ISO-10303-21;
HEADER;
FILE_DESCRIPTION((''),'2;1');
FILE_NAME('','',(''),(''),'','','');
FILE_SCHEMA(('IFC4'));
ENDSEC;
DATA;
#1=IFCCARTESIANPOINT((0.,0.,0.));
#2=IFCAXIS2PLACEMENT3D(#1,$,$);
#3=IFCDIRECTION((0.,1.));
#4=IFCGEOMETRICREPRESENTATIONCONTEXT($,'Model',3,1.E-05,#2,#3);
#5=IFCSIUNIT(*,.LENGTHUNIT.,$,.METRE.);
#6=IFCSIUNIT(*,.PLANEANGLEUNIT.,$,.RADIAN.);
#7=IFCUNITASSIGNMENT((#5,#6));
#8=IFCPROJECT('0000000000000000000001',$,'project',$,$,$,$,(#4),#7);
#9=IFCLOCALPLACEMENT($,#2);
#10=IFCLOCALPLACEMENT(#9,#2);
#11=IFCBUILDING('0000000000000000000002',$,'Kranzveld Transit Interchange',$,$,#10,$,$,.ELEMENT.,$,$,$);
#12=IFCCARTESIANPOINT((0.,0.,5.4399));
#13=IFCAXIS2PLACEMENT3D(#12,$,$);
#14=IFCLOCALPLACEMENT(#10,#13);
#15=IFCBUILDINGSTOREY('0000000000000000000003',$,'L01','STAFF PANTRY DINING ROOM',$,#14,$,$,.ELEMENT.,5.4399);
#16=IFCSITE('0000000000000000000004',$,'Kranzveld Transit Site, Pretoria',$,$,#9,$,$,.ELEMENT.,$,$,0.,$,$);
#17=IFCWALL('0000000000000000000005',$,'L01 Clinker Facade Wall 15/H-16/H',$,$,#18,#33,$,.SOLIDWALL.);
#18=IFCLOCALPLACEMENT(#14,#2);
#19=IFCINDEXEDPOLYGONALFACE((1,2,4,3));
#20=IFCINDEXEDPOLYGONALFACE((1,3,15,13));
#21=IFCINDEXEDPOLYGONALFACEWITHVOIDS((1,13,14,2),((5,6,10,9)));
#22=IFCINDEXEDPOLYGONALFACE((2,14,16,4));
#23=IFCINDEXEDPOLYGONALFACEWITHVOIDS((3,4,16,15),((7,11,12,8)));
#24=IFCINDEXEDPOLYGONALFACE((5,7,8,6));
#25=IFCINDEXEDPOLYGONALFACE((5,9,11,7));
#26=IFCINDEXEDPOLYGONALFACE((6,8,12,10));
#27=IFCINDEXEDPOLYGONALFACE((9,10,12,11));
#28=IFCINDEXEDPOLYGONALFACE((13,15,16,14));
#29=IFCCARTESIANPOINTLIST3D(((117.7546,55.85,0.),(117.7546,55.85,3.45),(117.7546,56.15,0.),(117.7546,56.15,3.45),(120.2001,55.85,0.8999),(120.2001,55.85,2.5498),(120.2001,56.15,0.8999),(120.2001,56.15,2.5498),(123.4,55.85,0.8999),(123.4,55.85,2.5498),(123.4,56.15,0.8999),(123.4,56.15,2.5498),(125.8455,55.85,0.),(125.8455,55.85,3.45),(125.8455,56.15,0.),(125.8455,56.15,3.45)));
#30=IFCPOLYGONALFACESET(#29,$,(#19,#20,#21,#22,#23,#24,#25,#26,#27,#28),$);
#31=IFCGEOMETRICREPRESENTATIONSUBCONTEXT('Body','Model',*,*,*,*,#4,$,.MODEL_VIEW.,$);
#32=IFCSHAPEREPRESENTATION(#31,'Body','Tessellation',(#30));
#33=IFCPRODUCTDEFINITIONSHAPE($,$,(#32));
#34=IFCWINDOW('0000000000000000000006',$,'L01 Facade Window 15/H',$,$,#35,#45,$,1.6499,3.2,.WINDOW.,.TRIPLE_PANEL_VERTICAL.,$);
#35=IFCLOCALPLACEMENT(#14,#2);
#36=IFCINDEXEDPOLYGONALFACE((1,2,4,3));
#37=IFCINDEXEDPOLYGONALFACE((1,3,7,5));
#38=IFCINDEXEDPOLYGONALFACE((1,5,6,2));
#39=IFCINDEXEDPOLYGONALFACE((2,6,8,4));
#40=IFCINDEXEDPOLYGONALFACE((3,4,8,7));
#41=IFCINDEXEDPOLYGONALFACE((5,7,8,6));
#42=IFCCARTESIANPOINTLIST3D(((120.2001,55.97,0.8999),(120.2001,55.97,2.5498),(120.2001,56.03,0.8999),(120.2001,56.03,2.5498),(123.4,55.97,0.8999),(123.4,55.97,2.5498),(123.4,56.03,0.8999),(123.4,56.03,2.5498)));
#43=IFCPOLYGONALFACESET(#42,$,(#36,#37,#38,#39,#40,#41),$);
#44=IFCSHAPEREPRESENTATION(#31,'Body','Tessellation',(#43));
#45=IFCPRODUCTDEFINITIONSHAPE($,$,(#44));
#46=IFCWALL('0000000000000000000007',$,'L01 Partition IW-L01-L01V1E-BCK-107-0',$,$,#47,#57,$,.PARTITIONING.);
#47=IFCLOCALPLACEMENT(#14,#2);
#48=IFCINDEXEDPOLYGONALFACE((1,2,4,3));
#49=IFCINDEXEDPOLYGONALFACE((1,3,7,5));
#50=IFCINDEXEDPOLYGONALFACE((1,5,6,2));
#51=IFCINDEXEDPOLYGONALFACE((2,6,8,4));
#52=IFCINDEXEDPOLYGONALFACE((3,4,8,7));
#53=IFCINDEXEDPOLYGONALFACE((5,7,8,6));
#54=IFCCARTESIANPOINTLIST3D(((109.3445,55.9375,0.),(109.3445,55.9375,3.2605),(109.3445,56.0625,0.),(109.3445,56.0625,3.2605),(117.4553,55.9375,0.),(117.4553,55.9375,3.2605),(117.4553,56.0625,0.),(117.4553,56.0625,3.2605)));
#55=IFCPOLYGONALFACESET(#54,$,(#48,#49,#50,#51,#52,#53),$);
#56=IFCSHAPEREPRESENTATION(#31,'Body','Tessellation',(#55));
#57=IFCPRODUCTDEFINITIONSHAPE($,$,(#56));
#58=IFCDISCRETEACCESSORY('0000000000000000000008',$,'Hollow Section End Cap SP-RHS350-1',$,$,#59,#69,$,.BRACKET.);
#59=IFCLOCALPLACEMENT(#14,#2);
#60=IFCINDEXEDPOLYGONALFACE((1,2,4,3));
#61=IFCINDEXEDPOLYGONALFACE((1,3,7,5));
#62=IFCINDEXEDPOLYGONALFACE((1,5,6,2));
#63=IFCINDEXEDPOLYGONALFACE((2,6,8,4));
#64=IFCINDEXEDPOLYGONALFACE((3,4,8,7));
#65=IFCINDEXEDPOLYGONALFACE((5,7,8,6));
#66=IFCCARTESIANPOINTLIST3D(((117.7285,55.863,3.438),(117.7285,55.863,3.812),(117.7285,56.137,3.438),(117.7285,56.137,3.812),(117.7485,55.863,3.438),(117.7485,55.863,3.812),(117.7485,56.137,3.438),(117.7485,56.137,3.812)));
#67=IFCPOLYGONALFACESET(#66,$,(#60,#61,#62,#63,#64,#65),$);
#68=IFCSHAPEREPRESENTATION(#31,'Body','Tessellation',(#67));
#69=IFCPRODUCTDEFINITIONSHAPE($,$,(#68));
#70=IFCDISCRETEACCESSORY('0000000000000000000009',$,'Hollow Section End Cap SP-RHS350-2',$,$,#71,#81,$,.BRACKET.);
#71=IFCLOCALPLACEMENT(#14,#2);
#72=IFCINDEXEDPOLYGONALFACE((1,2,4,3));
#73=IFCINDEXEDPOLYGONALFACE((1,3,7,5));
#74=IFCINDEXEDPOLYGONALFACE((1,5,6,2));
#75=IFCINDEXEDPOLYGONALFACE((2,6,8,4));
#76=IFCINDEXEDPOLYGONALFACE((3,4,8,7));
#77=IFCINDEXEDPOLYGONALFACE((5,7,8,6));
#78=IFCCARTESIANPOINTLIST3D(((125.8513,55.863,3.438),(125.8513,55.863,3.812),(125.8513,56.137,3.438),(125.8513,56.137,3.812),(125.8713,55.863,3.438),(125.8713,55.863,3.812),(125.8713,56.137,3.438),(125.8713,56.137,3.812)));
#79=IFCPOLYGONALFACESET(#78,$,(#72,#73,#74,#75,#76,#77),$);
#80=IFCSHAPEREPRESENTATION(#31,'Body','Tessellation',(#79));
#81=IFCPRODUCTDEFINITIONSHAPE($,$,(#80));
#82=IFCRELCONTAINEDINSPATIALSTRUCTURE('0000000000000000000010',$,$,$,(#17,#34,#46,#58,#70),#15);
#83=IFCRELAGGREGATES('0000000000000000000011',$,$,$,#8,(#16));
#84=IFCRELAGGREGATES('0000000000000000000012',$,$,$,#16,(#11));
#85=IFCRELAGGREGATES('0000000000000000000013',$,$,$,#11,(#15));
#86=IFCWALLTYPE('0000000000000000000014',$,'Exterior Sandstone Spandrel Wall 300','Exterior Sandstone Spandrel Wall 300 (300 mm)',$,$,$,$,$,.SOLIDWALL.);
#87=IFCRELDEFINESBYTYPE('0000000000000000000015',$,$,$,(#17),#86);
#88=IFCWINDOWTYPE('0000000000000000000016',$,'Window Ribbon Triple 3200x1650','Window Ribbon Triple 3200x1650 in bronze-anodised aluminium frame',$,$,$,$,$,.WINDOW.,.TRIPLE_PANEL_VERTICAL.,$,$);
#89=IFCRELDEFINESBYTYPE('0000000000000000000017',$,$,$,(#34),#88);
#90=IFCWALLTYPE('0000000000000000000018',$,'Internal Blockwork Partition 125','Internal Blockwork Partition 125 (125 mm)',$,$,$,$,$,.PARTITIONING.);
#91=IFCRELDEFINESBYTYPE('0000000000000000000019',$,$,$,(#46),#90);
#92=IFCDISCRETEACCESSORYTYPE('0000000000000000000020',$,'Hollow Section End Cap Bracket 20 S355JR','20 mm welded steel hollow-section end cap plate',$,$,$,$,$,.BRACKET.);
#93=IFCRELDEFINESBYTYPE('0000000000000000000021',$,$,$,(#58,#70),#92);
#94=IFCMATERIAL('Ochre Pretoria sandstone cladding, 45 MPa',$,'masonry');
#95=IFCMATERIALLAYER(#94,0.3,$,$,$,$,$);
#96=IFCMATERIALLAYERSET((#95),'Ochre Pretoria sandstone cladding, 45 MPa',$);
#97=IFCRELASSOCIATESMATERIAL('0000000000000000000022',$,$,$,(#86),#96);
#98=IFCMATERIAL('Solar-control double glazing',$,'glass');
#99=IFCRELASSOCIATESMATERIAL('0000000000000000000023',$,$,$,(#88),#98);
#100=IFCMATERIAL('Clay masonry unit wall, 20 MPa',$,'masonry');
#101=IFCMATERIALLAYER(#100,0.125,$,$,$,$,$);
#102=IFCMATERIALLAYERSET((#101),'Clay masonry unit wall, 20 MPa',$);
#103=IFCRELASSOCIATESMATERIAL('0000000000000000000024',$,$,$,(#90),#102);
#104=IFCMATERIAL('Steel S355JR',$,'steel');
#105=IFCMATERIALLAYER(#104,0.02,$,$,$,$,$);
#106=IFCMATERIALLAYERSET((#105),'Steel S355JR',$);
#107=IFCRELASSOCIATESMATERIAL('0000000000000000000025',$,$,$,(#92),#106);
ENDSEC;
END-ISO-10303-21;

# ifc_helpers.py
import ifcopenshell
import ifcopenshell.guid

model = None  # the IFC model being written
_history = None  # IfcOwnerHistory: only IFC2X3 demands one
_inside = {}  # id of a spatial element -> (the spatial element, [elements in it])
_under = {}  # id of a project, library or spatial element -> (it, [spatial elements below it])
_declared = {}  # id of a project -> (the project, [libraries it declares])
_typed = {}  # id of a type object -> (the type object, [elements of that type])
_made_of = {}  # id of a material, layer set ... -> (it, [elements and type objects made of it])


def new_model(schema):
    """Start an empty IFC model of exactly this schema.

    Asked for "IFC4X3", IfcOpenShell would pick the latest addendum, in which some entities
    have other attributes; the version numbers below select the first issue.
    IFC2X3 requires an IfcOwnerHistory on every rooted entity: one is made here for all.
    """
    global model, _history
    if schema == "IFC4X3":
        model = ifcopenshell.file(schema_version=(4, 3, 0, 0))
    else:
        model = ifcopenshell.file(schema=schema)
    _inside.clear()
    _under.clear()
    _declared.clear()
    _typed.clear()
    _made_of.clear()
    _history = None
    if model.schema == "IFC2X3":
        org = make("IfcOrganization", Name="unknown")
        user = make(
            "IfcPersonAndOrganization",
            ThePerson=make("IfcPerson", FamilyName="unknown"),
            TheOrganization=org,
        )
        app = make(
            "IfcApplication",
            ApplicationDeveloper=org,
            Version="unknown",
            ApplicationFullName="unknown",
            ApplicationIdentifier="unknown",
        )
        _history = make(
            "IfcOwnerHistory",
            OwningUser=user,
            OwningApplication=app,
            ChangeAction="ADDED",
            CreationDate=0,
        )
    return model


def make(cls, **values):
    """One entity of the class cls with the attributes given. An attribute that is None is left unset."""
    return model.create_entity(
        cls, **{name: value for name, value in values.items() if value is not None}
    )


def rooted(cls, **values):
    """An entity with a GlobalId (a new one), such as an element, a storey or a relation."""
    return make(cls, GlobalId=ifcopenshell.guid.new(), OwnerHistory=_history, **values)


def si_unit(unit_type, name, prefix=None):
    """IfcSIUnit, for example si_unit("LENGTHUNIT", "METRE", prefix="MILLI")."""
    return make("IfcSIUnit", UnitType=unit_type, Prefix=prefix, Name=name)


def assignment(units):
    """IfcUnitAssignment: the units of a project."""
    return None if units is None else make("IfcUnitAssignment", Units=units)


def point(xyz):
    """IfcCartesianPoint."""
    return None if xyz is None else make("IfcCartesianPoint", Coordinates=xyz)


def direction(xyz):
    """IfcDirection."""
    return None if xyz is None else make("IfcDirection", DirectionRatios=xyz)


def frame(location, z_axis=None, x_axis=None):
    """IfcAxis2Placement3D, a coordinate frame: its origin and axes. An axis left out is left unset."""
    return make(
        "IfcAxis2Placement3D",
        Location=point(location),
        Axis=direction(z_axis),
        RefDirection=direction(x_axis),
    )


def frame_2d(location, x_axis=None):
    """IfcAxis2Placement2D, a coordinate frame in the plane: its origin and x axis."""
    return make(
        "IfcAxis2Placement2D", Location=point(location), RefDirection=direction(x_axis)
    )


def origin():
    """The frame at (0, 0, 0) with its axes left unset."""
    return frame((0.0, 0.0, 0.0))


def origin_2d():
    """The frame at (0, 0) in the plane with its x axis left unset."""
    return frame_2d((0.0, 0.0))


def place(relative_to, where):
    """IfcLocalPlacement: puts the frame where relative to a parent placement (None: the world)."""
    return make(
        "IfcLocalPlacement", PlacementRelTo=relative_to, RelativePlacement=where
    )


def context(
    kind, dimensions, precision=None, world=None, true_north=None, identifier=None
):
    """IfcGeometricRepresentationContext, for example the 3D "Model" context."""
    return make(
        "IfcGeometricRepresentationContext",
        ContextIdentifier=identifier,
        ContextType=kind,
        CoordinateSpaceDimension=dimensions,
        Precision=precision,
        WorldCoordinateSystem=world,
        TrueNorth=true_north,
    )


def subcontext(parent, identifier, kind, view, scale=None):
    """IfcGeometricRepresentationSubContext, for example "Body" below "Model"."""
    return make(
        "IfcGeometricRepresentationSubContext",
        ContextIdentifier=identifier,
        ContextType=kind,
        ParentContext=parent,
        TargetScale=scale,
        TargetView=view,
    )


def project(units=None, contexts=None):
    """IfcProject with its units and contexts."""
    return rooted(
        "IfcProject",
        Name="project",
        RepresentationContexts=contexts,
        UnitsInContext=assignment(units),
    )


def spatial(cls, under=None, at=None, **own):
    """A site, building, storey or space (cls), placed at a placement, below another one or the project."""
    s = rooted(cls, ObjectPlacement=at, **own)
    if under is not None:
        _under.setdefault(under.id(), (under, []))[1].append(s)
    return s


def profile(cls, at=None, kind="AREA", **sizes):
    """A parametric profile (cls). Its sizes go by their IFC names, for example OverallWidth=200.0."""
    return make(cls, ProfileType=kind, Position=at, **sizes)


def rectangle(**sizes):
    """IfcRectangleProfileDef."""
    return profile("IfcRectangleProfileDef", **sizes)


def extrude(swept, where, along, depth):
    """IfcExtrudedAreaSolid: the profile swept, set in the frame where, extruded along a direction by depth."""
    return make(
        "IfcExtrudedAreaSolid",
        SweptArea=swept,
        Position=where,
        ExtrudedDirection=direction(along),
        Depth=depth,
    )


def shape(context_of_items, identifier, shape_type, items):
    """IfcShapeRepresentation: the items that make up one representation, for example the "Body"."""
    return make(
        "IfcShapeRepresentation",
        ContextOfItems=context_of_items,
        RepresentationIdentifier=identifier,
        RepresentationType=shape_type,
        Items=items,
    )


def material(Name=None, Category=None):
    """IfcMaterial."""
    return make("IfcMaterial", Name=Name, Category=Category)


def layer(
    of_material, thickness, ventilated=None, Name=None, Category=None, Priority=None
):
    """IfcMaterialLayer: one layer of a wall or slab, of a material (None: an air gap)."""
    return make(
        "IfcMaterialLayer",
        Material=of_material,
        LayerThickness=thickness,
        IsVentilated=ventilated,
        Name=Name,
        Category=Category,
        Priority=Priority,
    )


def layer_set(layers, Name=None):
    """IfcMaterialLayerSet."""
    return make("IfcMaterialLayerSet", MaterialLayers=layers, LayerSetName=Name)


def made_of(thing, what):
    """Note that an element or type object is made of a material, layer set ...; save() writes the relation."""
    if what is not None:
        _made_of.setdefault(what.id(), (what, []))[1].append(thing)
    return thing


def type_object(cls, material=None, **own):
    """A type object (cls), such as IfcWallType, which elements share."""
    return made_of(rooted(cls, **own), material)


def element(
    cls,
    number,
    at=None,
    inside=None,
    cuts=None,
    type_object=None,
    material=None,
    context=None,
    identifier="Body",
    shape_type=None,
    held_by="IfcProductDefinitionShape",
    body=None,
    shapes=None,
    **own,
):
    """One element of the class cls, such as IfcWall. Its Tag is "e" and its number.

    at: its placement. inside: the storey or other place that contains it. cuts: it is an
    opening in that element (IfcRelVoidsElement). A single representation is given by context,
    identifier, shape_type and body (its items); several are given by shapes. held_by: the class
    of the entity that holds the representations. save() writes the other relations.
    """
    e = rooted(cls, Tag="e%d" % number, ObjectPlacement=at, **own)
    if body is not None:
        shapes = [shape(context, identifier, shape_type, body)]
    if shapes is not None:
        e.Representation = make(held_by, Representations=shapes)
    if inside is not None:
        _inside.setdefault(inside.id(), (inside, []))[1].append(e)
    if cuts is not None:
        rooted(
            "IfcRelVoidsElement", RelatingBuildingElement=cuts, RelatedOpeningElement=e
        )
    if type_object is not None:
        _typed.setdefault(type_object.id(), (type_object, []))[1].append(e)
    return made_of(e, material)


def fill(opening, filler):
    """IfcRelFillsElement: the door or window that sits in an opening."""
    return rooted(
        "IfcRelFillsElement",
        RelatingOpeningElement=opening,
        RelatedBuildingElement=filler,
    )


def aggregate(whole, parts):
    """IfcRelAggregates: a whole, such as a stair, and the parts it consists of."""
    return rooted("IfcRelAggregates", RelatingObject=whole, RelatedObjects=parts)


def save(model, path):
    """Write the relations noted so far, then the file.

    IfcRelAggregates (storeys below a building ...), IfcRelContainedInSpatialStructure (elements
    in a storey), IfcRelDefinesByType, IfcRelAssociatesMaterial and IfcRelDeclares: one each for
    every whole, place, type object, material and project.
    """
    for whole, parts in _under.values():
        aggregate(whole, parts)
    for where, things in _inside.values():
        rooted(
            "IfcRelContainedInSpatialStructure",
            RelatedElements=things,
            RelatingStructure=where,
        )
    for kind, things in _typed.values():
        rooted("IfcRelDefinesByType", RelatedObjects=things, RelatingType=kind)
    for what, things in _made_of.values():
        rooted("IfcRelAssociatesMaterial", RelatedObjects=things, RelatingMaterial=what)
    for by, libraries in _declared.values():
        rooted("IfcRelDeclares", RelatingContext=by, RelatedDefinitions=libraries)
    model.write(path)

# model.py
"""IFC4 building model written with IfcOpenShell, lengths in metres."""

from ifc_helpers import new_model, si_unit, direction, frame, frame_2d, origin, origin_2d, place, context, subcontext, project, spatial, rectangle, extrude, material, layer, layer_set, type_object, element, fill, save


model = new_model("IFC4")

# Units and contexts
model_context = context("Model", 3, precision=1e-05, world=origin(), true_north=direction((0.0, 1.0)))
body_context = subcontext(model_context, "Body", "Model", "MODEL_VIEW")
ifc_project = project(units=[si_unit("LENGTHUNIT", "METRE"), si_unit("PLANEANGLEUNIT", "RADIAN")], contexts=[model_context])

# Site, building, storey
site_placement = place(None, origin())
site = spatial("IfcSite", under=ifc_project, at=site_placement, Name="Kranzveld Transit Site, Pretoria", CompositionType="ELEMENT", RefElevation=0.0)
building_placement = place(site_placement, origin())
building = spatial("IfcBuilding", under=site, at=building_placement, Name="Kranzveld Transit Interchange", CompositionType="ELEMENT")
storey_placement = place(building_placement, frame((0.0, 0.0, 5.4399)))
storey = spatial("IfcBuildingStorey", under=building, at=storey_placement, Name="L01", Description="STAFF PANTRY DINING ROOM", CompositionType="ELEMENT", Elevation=5.4399)

# Wall, opening, window
ifc_material_1 = material(Name="Ochre Pretoria sandstone cladding, 45 MPa", Category="masonry")
ifc_layer_1 = layer(ifc_material_1, 0.3)
ifc_layer_set_1 = layer_set([ifc_layer_1], Name="Ochre Pretoria sandstone cladding, 45 MPa")
wall_type_1 = type_object("IfcWallType", Name="Exterior Sandstone Spandrel Wall 300", Description="Exterior Sandstone Spandrel Wall 300 (300 mm)", PredefinedType="SOLIDWALL", material=ifc_layer_set_1)
wall_1_placement = place(storey_placement, frame((117.7546, 56.0, 0.0), z_axis=(0.0, 0.0, 1.0), x_axis=(1.0, 0.0, 0.0)))
wall_1 = element("IfcWall", 1, at=wall_1_placement, inside=storey, type_object=wall_type_1, Name="L01 Clinker Facade Wall 15/H-16/H", PredefinedType="SOLIDWALL", context=body_context, shape_type="SweptSolid", body=[
    extrude(rectangle(XDim=8.0908, YDim=0.3, at=frame_2d((4.0454, 0.0))), origin(), (0.0, 0.0, 1.0), 3.45),
])
opening_placement = place(wall_1_placement, frame((2.4453, 0.0, 0.8999), z_axis=(0.0, 0.0, 1.0), x_axis=(1.0, 0.0, 0.0)))
opening = element("IfcOpeningElement", 2, at=opening_placement, cuts=wall_1, PredefinedType="OPENING", context=body_context, shape_type="SweptSolid", body=[
    extrude(rectangle(XDim=3.2, YDim=1.6499, at=frame_2d((1.6001, 0.825))), frame((0.0, 0.1599, 0.0), z_axis=(0.0, -1.0, 0.0), x_axis=(1.0, 0.0, 0.0)), (0.0, 0.0, 1.0), 0.3201),
])
ifc_material_2 = material(Name="Solar-control double glazing", Category="glass")
window_type = type_object("IfcWindowType", Name="Window Ribbon Triple 3200x1650", Description="Window Ribbon Triple 3200x1650 in bronze-anodised aluminium frame", PartitioningType="TRIPLE_PANEL_VERTICAL", PredefinedType="WINDOW", material=ifc_material_2)
window_placement = place(opening_placement, origin())
window = element("IfcWindow", 3, at=window_placement, inside=storey, type_object=window_type, Name="L01 Facade Window 15/H", OverallHeight=1.6499, OverallWidth=3.2, PartitioningType="TRIPLE_PANEL_VERTICAL", PredefinedType="WINDOW", context=body_context, shape_type="SweptSolid", body=[
    extrude(rectangle(XDim=3.2, YDim=1.6499, at=frame_2d((1.6001, 0.825))), frame((0.0, 0.03, 0.0), z_axis=(0.0, -1.0, 0.0), x_axis=(1.0, 0.0, 0.0)), (0.0, 0.0, 1.0), 0.0601),
])
fill(opening, window)

# Wall
ifc_material_3 = material(Name="Clay masonry unit wall, 20 MPa", Category="masonry")
ifc_layer_2 = layer(ifc_material_3, 0.125)
ifc_layer_set_2 = layer_set([ifc_layer_2], Name="Clay masonry unit wall, 20 MPa")
wall_type_2 = type_object("IfcWallType", Name="Internal Blockwork Partition 125", Description="Internal Blockwork Partition 125 (125 mm)", PredefinedType="PARTITIONING", material=ifc_layer_set_2)
wall_2_placement = place(storey_placement, frame((109.3445, 56.0, 0.0), z_axis=(0.0, 0.0, 1.0), x_axis=(1.0, 0.0, 0.0)))
element("IfcWall", 4, at=wall_2_placement, inside=storey, type_object=wall_type_2, Name="L01 Partition IW-L01-L01V1E-BCK-107-0", PredefinedType="PARTITIONING", context=body_context, shape_type="SweptSolid", body=[
    extrude(rectangle(XDim=8.1108, YDim=0.125, at=frame_2d((4.0554, 0.0))), origin(), (0.0, 0.0, 1.0), 3.2605),
])

# Discrete accessories
ifc_material_4 = material(Name="Steel S355JR", Category="steel")
ifc_layer_3 = layer(ifc_material_4, 0.02)
ifc_layer_set_3 = layer_set([ifc_layer_3], Name="Steel S355JR")
discrete_accessory_type = type_object("IfcDiscreteAccessoryType", Name="Hollow Section End Cap Bracket 20 S355JR", Description="20 mm welded steel hollow-section end cap plate", PredefinedType="BRACKET", material=ifc_layer_set_3)
for number, where, z_axis, x_axis, name in (
    (5, (117.7485, 56.0, 3.625), (-1.0, 0.0, 0.0), (0.0, -1.0, 0.0), "Hollow Section End Cap SP-RHS350-1"),
    (6, (125.8513, 56.0, 3.625), (1.0, 0.0, 0.0), (0.0, 1.0, 0.0), "Hollow Section End Cap SP-RHS350-2"),
):
    element("IfcDiscreteAccessory", number, at=place(storey_placement, frame(where, z_axis=z_axis, x_axis=x_axis)), inside=storey, type_object=discrete_accessory_type, Name=name, PredefinedType="BRACKET", context=body_context, shape_type="SweptSolid", body=[
        extrude(rectangle(XDim=0.2739, YDim=0.374, at=origin_2d()), origin(), (0.0, 0.0, 1.0), 0.02),
    ])

save(model, "model.ifc")
